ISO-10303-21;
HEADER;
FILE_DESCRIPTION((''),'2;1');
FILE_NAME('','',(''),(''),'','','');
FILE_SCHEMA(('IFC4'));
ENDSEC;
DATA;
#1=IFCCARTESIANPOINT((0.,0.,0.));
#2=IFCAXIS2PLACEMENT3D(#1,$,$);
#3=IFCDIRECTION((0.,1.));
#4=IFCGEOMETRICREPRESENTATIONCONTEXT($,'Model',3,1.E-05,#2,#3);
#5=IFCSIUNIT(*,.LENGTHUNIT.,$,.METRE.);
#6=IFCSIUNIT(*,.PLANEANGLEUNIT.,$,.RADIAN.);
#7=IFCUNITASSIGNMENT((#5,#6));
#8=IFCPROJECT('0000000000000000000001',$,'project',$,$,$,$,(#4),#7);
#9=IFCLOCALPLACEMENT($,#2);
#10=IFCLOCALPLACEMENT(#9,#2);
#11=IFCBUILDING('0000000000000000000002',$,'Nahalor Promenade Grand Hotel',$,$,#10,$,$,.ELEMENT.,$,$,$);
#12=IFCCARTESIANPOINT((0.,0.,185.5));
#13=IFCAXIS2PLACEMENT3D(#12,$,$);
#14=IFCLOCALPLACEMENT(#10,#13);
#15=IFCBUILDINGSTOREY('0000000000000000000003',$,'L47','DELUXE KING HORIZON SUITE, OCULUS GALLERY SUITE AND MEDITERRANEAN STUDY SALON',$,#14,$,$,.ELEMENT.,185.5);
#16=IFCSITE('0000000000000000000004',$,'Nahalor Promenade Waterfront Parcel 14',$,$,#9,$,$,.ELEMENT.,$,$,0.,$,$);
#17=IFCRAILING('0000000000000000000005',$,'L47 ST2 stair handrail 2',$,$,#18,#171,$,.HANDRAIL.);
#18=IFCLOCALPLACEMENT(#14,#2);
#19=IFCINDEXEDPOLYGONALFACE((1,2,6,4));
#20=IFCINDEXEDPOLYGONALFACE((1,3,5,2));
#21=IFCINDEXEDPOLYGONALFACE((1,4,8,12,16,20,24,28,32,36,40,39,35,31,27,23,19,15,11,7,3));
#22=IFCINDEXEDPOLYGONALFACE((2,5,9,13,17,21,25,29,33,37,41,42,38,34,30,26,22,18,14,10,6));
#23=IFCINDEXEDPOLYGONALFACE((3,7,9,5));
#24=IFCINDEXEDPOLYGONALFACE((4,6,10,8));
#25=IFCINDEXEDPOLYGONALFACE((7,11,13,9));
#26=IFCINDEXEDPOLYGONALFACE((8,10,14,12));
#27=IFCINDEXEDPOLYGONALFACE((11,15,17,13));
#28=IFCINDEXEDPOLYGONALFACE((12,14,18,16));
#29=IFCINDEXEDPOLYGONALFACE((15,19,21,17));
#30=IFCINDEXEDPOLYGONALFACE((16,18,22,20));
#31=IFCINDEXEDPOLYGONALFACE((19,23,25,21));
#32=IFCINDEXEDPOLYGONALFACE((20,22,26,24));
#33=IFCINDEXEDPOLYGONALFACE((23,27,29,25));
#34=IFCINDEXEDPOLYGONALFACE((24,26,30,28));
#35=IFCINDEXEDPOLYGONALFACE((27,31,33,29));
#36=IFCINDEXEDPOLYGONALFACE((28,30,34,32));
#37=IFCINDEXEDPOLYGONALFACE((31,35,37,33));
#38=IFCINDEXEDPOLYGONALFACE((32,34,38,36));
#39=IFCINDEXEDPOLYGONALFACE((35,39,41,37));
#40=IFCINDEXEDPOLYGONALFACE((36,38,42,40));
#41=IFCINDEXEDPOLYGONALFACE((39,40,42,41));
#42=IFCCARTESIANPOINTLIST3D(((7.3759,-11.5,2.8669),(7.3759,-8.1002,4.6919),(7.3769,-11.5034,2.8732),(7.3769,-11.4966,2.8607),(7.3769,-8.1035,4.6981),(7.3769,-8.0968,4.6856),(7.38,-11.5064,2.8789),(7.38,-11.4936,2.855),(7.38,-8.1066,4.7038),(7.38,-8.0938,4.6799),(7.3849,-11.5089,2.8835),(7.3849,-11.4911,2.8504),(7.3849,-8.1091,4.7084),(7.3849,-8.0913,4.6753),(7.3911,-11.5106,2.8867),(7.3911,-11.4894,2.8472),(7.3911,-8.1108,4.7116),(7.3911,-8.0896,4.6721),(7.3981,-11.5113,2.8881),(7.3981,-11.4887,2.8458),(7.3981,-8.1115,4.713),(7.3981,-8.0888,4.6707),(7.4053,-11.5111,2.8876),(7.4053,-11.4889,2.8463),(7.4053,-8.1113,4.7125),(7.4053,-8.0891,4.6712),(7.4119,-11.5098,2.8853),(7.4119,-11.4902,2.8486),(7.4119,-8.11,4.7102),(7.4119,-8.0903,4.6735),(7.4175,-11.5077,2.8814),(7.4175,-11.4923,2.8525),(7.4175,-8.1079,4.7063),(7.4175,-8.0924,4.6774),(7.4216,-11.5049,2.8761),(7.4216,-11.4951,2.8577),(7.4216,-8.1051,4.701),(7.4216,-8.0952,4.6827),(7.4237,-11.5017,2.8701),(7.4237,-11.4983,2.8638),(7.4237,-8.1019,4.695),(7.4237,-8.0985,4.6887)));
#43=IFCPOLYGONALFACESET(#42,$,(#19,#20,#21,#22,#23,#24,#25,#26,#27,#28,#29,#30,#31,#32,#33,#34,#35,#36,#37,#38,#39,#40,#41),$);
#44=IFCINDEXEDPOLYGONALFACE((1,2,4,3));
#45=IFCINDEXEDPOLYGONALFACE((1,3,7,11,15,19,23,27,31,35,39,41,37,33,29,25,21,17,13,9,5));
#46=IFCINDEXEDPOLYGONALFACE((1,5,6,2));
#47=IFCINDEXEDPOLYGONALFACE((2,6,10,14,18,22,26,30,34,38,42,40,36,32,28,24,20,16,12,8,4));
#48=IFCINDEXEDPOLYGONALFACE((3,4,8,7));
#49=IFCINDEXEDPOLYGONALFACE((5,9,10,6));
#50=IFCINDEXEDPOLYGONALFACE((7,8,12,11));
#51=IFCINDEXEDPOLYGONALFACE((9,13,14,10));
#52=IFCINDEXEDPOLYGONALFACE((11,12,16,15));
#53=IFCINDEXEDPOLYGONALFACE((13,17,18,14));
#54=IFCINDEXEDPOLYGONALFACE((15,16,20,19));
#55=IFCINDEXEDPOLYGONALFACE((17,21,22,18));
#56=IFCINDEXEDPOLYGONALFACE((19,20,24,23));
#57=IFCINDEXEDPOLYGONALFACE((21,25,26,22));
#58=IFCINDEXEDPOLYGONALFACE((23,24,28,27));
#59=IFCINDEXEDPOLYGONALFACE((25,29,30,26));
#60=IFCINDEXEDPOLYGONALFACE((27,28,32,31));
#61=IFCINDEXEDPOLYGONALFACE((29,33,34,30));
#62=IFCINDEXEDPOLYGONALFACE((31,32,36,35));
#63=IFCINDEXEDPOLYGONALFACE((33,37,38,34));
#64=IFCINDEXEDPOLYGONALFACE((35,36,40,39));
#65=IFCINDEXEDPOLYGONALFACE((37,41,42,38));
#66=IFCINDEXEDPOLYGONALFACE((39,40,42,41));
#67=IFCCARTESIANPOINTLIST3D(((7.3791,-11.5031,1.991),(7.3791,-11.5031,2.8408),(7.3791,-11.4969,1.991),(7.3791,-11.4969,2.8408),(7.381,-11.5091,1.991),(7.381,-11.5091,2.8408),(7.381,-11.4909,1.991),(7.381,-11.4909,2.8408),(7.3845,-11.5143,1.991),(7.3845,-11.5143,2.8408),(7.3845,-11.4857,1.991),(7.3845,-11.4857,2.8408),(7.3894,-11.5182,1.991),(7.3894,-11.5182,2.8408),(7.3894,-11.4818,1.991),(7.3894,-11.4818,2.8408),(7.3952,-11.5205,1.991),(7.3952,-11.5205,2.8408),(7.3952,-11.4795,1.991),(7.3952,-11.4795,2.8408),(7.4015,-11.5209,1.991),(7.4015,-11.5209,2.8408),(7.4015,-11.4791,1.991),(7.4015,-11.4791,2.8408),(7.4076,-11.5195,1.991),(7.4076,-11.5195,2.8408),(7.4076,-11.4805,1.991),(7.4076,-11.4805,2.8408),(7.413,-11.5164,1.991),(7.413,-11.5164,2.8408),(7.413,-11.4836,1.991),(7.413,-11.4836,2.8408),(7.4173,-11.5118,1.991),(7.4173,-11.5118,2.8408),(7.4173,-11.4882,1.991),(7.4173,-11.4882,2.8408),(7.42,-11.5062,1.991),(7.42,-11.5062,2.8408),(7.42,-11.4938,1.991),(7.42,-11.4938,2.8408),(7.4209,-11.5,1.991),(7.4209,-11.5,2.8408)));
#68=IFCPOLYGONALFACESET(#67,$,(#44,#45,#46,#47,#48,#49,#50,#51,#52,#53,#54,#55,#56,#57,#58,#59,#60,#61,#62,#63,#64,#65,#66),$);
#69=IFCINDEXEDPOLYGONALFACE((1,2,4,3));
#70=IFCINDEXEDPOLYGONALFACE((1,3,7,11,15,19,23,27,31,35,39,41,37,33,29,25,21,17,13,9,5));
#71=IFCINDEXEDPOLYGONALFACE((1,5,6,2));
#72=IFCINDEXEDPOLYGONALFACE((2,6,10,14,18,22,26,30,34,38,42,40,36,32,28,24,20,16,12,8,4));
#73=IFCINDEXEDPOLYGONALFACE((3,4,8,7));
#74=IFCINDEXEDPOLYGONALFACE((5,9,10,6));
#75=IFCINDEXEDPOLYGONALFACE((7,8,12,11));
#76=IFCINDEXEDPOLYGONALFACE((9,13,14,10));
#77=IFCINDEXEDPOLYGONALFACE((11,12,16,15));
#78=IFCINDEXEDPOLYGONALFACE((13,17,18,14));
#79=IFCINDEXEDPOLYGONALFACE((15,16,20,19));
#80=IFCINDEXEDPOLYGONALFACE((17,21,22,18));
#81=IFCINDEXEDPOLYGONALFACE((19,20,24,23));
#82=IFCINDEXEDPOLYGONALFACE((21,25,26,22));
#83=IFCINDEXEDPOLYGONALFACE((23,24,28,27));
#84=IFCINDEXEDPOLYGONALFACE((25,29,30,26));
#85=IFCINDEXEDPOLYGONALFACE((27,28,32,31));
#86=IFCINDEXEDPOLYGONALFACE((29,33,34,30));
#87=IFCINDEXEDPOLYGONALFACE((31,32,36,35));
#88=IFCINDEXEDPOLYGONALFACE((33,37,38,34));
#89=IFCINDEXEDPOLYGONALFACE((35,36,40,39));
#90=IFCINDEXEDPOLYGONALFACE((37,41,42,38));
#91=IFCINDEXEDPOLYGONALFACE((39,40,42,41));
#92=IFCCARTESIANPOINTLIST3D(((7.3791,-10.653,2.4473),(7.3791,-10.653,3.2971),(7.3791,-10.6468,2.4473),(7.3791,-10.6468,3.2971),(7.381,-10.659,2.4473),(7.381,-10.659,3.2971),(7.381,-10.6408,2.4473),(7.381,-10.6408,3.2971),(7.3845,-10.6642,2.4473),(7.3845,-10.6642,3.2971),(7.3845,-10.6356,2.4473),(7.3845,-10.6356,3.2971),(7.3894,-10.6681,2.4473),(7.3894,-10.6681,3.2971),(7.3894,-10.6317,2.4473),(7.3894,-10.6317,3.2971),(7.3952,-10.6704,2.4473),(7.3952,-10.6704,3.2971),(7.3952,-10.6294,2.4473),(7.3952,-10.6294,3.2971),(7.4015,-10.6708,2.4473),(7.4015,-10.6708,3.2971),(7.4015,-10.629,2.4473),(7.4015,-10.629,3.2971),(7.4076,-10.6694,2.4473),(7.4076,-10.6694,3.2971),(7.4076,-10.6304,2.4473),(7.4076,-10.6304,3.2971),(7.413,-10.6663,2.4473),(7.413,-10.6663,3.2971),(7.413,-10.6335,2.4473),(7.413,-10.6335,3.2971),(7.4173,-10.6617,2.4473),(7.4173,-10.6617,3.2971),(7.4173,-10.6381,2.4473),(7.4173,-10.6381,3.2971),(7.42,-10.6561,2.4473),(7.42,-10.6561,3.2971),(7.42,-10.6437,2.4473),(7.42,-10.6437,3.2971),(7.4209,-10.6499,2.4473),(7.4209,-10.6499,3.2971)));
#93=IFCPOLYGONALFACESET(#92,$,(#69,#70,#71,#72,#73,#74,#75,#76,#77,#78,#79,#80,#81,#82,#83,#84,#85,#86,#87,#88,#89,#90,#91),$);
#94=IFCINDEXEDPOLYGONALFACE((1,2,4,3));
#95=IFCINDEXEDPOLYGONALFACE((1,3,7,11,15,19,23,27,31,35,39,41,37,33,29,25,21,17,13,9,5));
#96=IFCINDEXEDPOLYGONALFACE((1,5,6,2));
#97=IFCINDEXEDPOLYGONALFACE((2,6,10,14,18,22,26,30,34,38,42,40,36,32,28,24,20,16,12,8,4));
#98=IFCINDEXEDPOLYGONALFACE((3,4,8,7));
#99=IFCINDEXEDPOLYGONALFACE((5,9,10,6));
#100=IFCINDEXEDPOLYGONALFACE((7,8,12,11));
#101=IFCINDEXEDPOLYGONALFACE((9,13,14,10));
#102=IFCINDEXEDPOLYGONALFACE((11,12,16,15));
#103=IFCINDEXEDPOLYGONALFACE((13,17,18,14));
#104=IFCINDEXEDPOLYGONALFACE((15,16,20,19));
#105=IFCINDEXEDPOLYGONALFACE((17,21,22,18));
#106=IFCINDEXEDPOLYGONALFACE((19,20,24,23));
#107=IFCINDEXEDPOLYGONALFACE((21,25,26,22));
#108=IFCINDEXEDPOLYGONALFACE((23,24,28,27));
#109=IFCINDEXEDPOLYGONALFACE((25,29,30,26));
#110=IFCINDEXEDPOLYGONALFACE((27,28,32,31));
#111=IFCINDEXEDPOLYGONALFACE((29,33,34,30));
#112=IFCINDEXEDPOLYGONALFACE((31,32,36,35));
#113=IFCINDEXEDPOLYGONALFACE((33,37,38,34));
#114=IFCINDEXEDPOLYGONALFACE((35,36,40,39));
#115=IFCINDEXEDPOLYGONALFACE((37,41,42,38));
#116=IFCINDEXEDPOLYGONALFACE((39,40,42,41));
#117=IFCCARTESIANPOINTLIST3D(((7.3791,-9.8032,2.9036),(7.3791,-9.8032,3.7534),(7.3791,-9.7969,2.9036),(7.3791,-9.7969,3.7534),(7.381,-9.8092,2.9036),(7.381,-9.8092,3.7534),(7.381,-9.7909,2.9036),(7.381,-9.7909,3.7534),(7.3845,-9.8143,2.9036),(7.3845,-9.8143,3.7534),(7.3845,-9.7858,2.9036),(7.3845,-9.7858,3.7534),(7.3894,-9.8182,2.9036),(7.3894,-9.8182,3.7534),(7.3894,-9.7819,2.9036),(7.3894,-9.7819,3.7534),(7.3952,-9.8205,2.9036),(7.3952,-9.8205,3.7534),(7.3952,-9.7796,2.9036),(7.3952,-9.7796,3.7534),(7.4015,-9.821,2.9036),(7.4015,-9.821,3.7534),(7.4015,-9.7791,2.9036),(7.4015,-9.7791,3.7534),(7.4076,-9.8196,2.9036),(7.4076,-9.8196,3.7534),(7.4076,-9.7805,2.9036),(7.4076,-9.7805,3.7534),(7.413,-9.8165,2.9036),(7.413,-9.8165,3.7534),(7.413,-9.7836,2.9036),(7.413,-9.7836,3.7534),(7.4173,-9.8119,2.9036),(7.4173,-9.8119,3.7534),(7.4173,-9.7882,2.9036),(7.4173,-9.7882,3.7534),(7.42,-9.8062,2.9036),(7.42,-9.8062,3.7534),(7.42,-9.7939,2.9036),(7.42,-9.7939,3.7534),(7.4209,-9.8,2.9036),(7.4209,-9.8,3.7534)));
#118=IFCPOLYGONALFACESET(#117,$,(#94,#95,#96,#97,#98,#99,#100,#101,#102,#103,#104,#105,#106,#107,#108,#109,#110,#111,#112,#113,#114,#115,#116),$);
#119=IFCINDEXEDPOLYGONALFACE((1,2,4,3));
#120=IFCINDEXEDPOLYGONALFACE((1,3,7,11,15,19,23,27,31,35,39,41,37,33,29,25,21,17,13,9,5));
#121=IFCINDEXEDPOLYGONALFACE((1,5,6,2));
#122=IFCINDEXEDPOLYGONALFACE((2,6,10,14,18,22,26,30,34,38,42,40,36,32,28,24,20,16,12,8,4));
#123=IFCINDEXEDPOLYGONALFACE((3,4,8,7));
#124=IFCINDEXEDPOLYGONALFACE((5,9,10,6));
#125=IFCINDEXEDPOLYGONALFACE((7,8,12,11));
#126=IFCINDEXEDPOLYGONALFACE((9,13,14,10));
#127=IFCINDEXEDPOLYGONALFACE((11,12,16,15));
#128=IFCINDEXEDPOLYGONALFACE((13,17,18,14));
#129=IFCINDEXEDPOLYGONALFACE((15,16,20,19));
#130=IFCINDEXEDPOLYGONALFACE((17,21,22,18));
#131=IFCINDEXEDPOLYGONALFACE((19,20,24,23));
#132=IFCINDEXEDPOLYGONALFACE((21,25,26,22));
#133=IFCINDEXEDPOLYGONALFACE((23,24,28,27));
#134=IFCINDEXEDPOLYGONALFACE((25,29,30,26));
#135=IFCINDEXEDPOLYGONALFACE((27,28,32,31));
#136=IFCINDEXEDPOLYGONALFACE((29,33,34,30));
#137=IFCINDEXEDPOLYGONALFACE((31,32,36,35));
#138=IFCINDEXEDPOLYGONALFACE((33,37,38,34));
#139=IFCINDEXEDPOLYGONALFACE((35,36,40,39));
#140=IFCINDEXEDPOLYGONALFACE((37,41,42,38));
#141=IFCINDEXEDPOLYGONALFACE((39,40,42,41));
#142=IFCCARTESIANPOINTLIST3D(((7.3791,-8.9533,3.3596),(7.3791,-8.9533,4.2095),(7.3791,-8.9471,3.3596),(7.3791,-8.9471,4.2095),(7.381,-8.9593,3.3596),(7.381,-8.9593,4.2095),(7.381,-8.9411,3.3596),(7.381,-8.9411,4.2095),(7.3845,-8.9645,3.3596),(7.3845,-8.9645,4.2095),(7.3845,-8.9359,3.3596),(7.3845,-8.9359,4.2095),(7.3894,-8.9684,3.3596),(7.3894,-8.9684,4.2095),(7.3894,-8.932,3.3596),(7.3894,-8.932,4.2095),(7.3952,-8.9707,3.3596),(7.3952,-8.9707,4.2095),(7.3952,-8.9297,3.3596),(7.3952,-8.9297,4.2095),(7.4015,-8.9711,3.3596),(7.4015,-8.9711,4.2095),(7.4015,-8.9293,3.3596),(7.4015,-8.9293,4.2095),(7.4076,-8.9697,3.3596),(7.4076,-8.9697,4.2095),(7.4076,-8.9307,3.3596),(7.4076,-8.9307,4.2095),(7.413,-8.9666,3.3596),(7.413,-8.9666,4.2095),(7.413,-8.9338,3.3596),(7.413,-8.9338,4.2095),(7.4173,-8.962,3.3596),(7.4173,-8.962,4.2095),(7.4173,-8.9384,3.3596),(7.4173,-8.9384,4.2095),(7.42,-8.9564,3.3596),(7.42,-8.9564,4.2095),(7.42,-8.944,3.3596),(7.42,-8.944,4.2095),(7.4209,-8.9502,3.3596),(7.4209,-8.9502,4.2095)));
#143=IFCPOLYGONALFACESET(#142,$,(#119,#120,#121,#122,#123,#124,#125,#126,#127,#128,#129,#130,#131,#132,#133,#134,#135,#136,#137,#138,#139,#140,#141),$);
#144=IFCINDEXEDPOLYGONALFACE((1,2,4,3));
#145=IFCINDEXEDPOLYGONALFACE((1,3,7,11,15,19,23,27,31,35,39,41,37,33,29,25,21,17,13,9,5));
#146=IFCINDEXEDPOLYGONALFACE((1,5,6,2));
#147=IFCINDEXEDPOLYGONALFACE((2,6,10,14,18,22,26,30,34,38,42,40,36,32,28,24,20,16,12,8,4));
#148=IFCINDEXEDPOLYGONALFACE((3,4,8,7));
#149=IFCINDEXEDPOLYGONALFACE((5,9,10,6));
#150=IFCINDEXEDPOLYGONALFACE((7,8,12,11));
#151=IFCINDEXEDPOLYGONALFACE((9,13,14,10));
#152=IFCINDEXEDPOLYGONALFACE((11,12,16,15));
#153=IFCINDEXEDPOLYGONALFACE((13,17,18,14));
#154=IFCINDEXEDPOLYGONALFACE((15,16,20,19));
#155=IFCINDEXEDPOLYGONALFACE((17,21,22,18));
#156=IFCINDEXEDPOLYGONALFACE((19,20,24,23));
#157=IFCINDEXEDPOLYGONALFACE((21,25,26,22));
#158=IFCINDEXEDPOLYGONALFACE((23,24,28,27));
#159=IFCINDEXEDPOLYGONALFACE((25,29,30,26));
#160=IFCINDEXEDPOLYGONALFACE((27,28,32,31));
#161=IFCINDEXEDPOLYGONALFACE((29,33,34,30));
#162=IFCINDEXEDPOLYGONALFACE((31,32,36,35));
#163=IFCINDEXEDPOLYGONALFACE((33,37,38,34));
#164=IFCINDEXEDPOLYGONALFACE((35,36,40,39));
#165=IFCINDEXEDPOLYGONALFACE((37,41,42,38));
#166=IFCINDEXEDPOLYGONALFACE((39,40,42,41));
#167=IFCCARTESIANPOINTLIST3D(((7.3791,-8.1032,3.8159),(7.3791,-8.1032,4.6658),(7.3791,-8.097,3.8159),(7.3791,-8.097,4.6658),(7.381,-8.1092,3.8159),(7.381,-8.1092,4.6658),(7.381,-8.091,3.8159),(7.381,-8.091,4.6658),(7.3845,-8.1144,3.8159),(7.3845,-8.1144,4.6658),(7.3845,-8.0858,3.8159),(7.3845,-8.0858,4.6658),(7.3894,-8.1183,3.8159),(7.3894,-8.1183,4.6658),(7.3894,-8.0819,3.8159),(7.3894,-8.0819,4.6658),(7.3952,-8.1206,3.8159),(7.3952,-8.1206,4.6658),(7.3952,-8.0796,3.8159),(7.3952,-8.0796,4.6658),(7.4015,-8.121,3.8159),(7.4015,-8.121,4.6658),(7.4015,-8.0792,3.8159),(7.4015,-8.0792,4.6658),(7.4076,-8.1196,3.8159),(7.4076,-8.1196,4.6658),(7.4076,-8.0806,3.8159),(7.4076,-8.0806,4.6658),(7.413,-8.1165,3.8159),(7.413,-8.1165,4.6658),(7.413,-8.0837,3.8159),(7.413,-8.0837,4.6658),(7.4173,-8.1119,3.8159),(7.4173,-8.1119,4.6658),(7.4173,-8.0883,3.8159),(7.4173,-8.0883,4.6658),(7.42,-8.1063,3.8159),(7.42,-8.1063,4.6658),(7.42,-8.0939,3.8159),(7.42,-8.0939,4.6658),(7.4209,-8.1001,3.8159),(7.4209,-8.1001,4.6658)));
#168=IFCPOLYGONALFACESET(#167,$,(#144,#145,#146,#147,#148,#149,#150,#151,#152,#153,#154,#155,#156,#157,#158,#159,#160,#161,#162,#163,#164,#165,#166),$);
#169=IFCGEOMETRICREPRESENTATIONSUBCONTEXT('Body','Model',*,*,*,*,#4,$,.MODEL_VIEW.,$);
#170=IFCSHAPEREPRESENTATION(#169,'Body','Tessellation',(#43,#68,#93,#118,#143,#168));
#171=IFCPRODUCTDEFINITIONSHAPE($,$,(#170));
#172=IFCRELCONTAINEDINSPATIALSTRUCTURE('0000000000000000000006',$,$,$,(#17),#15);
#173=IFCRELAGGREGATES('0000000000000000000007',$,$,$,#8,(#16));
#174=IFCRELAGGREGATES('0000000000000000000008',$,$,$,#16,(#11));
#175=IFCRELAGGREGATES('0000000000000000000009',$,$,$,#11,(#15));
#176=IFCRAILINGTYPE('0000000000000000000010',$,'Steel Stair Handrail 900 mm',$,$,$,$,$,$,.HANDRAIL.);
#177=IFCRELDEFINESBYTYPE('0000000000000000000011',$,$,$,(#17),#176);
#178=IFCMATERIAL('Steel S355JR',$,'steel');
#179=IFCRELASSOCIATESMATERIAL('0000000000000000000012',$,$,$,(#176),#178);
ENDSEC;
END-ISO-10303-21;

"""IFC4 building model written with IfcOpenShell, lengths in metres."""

from ifc_helpers import new_model, si_unit, direction, frame, origin, origin_2d, place, context, subcontext, project, spatial, circle, extrude, material, type_object, element, save


model = new_model("IFC4")

# Units and contexts
model_context = context("Model", 3, precision=1e-05, world=origin(), true_north=direction((0.0, 1.0)))
body_context = subcontext(model_context, "Body", "Model", "MODEL_VIEW")
ifc_project = project(units=[si_unit("LENGTHUNIT", "METRE"), si_unit("PLANEANGLEUNIT", "RADIAN")], contexts=[model_context])

# Site, building, storey
site_placement = place(None, origin())
site = spatial("IfcSite", under=ifc_project, at=site_placement, Name="Nahalor Promenade Waterfront Parcel 14", CompositionType="ELEMENT", RefElevation=0.0)
building_placement = place(site_placement, origin())
building = spatial("IfcBuilding", under=site, at=building_placement, Name="Nahalor Promenade Grand Hotel", CompositionType="ELEMENT")
storey_placement = place(building_placement, frame((0.0, 0.0, 185.5)))
storey = spatial("IfcBuildingStorey", under=building, at=storey_placement, Name="L47", Description="DELUXE KING HORIZON SUITE, OCULUS GALLERY SUITE AND MEDITERRANEAN STUDY SALON", CompositionType="ELEMENT", Elevation=185.5)

# Shared definitions
ifc_material_1 = material(Name="Steel S355JR", Category="steel")

# Railing
railing_type_1 = type_object("IfcRailingType", Name="Steel Stair Handrail 900 mm", PredefinedType="HANDRAIL", material=ifc_material_1)
railing_1_placement = place(storey_placement, frame((7.3999, -11.5, 1.991)))
element("IfcRailing", 1, at=railing_1_placement, inside=storey, type_object=railing_type_1, Name="L47 ST2 stair handrail 2", PredefinedType="HANDRAIL", context=body_context, shape_type="SweptSolid", body=[
    extrude(circle(Radius=0.024, at=origin_2d()), frame((0.0, 0.0, 0.876), z_axis=(0.0, 0.881094, 0.472941), x_axis=(-1.0, 0.0, 0.0)), (0.0, 0.0, 1.0), 3.8586),
    extrude(circle(Radius=0.021, at=origin_2d()), origin(), (0.0, 0.0, 1.0), 0.8499),
    extrude(circle(Radius=0.021, at=origin_2d()), frame((0.0, 0.8501, 0.4563)), (0.0, 0.0, 1.0), 0.8499),
    extrude(circle(Radius=0.021, at=origin_2d()), frame((0.0, 1.7, 0.9126)), (0.0, 0.0, 1.0), 0.8499),
    extrude(circle(Radius=0.021, at=origin_2d()), frame((0.0, 2.5498, 1.3687)), (0.0, 0.0, 1.0), 0.8499),
    extrude(circle(Radius=0.021, at=origin_2d()), frame((0.0, 3.3999, 1.825)), (0.0, 0.0, 1.0), 0.8499),
])

save(model, "model.ifc")
